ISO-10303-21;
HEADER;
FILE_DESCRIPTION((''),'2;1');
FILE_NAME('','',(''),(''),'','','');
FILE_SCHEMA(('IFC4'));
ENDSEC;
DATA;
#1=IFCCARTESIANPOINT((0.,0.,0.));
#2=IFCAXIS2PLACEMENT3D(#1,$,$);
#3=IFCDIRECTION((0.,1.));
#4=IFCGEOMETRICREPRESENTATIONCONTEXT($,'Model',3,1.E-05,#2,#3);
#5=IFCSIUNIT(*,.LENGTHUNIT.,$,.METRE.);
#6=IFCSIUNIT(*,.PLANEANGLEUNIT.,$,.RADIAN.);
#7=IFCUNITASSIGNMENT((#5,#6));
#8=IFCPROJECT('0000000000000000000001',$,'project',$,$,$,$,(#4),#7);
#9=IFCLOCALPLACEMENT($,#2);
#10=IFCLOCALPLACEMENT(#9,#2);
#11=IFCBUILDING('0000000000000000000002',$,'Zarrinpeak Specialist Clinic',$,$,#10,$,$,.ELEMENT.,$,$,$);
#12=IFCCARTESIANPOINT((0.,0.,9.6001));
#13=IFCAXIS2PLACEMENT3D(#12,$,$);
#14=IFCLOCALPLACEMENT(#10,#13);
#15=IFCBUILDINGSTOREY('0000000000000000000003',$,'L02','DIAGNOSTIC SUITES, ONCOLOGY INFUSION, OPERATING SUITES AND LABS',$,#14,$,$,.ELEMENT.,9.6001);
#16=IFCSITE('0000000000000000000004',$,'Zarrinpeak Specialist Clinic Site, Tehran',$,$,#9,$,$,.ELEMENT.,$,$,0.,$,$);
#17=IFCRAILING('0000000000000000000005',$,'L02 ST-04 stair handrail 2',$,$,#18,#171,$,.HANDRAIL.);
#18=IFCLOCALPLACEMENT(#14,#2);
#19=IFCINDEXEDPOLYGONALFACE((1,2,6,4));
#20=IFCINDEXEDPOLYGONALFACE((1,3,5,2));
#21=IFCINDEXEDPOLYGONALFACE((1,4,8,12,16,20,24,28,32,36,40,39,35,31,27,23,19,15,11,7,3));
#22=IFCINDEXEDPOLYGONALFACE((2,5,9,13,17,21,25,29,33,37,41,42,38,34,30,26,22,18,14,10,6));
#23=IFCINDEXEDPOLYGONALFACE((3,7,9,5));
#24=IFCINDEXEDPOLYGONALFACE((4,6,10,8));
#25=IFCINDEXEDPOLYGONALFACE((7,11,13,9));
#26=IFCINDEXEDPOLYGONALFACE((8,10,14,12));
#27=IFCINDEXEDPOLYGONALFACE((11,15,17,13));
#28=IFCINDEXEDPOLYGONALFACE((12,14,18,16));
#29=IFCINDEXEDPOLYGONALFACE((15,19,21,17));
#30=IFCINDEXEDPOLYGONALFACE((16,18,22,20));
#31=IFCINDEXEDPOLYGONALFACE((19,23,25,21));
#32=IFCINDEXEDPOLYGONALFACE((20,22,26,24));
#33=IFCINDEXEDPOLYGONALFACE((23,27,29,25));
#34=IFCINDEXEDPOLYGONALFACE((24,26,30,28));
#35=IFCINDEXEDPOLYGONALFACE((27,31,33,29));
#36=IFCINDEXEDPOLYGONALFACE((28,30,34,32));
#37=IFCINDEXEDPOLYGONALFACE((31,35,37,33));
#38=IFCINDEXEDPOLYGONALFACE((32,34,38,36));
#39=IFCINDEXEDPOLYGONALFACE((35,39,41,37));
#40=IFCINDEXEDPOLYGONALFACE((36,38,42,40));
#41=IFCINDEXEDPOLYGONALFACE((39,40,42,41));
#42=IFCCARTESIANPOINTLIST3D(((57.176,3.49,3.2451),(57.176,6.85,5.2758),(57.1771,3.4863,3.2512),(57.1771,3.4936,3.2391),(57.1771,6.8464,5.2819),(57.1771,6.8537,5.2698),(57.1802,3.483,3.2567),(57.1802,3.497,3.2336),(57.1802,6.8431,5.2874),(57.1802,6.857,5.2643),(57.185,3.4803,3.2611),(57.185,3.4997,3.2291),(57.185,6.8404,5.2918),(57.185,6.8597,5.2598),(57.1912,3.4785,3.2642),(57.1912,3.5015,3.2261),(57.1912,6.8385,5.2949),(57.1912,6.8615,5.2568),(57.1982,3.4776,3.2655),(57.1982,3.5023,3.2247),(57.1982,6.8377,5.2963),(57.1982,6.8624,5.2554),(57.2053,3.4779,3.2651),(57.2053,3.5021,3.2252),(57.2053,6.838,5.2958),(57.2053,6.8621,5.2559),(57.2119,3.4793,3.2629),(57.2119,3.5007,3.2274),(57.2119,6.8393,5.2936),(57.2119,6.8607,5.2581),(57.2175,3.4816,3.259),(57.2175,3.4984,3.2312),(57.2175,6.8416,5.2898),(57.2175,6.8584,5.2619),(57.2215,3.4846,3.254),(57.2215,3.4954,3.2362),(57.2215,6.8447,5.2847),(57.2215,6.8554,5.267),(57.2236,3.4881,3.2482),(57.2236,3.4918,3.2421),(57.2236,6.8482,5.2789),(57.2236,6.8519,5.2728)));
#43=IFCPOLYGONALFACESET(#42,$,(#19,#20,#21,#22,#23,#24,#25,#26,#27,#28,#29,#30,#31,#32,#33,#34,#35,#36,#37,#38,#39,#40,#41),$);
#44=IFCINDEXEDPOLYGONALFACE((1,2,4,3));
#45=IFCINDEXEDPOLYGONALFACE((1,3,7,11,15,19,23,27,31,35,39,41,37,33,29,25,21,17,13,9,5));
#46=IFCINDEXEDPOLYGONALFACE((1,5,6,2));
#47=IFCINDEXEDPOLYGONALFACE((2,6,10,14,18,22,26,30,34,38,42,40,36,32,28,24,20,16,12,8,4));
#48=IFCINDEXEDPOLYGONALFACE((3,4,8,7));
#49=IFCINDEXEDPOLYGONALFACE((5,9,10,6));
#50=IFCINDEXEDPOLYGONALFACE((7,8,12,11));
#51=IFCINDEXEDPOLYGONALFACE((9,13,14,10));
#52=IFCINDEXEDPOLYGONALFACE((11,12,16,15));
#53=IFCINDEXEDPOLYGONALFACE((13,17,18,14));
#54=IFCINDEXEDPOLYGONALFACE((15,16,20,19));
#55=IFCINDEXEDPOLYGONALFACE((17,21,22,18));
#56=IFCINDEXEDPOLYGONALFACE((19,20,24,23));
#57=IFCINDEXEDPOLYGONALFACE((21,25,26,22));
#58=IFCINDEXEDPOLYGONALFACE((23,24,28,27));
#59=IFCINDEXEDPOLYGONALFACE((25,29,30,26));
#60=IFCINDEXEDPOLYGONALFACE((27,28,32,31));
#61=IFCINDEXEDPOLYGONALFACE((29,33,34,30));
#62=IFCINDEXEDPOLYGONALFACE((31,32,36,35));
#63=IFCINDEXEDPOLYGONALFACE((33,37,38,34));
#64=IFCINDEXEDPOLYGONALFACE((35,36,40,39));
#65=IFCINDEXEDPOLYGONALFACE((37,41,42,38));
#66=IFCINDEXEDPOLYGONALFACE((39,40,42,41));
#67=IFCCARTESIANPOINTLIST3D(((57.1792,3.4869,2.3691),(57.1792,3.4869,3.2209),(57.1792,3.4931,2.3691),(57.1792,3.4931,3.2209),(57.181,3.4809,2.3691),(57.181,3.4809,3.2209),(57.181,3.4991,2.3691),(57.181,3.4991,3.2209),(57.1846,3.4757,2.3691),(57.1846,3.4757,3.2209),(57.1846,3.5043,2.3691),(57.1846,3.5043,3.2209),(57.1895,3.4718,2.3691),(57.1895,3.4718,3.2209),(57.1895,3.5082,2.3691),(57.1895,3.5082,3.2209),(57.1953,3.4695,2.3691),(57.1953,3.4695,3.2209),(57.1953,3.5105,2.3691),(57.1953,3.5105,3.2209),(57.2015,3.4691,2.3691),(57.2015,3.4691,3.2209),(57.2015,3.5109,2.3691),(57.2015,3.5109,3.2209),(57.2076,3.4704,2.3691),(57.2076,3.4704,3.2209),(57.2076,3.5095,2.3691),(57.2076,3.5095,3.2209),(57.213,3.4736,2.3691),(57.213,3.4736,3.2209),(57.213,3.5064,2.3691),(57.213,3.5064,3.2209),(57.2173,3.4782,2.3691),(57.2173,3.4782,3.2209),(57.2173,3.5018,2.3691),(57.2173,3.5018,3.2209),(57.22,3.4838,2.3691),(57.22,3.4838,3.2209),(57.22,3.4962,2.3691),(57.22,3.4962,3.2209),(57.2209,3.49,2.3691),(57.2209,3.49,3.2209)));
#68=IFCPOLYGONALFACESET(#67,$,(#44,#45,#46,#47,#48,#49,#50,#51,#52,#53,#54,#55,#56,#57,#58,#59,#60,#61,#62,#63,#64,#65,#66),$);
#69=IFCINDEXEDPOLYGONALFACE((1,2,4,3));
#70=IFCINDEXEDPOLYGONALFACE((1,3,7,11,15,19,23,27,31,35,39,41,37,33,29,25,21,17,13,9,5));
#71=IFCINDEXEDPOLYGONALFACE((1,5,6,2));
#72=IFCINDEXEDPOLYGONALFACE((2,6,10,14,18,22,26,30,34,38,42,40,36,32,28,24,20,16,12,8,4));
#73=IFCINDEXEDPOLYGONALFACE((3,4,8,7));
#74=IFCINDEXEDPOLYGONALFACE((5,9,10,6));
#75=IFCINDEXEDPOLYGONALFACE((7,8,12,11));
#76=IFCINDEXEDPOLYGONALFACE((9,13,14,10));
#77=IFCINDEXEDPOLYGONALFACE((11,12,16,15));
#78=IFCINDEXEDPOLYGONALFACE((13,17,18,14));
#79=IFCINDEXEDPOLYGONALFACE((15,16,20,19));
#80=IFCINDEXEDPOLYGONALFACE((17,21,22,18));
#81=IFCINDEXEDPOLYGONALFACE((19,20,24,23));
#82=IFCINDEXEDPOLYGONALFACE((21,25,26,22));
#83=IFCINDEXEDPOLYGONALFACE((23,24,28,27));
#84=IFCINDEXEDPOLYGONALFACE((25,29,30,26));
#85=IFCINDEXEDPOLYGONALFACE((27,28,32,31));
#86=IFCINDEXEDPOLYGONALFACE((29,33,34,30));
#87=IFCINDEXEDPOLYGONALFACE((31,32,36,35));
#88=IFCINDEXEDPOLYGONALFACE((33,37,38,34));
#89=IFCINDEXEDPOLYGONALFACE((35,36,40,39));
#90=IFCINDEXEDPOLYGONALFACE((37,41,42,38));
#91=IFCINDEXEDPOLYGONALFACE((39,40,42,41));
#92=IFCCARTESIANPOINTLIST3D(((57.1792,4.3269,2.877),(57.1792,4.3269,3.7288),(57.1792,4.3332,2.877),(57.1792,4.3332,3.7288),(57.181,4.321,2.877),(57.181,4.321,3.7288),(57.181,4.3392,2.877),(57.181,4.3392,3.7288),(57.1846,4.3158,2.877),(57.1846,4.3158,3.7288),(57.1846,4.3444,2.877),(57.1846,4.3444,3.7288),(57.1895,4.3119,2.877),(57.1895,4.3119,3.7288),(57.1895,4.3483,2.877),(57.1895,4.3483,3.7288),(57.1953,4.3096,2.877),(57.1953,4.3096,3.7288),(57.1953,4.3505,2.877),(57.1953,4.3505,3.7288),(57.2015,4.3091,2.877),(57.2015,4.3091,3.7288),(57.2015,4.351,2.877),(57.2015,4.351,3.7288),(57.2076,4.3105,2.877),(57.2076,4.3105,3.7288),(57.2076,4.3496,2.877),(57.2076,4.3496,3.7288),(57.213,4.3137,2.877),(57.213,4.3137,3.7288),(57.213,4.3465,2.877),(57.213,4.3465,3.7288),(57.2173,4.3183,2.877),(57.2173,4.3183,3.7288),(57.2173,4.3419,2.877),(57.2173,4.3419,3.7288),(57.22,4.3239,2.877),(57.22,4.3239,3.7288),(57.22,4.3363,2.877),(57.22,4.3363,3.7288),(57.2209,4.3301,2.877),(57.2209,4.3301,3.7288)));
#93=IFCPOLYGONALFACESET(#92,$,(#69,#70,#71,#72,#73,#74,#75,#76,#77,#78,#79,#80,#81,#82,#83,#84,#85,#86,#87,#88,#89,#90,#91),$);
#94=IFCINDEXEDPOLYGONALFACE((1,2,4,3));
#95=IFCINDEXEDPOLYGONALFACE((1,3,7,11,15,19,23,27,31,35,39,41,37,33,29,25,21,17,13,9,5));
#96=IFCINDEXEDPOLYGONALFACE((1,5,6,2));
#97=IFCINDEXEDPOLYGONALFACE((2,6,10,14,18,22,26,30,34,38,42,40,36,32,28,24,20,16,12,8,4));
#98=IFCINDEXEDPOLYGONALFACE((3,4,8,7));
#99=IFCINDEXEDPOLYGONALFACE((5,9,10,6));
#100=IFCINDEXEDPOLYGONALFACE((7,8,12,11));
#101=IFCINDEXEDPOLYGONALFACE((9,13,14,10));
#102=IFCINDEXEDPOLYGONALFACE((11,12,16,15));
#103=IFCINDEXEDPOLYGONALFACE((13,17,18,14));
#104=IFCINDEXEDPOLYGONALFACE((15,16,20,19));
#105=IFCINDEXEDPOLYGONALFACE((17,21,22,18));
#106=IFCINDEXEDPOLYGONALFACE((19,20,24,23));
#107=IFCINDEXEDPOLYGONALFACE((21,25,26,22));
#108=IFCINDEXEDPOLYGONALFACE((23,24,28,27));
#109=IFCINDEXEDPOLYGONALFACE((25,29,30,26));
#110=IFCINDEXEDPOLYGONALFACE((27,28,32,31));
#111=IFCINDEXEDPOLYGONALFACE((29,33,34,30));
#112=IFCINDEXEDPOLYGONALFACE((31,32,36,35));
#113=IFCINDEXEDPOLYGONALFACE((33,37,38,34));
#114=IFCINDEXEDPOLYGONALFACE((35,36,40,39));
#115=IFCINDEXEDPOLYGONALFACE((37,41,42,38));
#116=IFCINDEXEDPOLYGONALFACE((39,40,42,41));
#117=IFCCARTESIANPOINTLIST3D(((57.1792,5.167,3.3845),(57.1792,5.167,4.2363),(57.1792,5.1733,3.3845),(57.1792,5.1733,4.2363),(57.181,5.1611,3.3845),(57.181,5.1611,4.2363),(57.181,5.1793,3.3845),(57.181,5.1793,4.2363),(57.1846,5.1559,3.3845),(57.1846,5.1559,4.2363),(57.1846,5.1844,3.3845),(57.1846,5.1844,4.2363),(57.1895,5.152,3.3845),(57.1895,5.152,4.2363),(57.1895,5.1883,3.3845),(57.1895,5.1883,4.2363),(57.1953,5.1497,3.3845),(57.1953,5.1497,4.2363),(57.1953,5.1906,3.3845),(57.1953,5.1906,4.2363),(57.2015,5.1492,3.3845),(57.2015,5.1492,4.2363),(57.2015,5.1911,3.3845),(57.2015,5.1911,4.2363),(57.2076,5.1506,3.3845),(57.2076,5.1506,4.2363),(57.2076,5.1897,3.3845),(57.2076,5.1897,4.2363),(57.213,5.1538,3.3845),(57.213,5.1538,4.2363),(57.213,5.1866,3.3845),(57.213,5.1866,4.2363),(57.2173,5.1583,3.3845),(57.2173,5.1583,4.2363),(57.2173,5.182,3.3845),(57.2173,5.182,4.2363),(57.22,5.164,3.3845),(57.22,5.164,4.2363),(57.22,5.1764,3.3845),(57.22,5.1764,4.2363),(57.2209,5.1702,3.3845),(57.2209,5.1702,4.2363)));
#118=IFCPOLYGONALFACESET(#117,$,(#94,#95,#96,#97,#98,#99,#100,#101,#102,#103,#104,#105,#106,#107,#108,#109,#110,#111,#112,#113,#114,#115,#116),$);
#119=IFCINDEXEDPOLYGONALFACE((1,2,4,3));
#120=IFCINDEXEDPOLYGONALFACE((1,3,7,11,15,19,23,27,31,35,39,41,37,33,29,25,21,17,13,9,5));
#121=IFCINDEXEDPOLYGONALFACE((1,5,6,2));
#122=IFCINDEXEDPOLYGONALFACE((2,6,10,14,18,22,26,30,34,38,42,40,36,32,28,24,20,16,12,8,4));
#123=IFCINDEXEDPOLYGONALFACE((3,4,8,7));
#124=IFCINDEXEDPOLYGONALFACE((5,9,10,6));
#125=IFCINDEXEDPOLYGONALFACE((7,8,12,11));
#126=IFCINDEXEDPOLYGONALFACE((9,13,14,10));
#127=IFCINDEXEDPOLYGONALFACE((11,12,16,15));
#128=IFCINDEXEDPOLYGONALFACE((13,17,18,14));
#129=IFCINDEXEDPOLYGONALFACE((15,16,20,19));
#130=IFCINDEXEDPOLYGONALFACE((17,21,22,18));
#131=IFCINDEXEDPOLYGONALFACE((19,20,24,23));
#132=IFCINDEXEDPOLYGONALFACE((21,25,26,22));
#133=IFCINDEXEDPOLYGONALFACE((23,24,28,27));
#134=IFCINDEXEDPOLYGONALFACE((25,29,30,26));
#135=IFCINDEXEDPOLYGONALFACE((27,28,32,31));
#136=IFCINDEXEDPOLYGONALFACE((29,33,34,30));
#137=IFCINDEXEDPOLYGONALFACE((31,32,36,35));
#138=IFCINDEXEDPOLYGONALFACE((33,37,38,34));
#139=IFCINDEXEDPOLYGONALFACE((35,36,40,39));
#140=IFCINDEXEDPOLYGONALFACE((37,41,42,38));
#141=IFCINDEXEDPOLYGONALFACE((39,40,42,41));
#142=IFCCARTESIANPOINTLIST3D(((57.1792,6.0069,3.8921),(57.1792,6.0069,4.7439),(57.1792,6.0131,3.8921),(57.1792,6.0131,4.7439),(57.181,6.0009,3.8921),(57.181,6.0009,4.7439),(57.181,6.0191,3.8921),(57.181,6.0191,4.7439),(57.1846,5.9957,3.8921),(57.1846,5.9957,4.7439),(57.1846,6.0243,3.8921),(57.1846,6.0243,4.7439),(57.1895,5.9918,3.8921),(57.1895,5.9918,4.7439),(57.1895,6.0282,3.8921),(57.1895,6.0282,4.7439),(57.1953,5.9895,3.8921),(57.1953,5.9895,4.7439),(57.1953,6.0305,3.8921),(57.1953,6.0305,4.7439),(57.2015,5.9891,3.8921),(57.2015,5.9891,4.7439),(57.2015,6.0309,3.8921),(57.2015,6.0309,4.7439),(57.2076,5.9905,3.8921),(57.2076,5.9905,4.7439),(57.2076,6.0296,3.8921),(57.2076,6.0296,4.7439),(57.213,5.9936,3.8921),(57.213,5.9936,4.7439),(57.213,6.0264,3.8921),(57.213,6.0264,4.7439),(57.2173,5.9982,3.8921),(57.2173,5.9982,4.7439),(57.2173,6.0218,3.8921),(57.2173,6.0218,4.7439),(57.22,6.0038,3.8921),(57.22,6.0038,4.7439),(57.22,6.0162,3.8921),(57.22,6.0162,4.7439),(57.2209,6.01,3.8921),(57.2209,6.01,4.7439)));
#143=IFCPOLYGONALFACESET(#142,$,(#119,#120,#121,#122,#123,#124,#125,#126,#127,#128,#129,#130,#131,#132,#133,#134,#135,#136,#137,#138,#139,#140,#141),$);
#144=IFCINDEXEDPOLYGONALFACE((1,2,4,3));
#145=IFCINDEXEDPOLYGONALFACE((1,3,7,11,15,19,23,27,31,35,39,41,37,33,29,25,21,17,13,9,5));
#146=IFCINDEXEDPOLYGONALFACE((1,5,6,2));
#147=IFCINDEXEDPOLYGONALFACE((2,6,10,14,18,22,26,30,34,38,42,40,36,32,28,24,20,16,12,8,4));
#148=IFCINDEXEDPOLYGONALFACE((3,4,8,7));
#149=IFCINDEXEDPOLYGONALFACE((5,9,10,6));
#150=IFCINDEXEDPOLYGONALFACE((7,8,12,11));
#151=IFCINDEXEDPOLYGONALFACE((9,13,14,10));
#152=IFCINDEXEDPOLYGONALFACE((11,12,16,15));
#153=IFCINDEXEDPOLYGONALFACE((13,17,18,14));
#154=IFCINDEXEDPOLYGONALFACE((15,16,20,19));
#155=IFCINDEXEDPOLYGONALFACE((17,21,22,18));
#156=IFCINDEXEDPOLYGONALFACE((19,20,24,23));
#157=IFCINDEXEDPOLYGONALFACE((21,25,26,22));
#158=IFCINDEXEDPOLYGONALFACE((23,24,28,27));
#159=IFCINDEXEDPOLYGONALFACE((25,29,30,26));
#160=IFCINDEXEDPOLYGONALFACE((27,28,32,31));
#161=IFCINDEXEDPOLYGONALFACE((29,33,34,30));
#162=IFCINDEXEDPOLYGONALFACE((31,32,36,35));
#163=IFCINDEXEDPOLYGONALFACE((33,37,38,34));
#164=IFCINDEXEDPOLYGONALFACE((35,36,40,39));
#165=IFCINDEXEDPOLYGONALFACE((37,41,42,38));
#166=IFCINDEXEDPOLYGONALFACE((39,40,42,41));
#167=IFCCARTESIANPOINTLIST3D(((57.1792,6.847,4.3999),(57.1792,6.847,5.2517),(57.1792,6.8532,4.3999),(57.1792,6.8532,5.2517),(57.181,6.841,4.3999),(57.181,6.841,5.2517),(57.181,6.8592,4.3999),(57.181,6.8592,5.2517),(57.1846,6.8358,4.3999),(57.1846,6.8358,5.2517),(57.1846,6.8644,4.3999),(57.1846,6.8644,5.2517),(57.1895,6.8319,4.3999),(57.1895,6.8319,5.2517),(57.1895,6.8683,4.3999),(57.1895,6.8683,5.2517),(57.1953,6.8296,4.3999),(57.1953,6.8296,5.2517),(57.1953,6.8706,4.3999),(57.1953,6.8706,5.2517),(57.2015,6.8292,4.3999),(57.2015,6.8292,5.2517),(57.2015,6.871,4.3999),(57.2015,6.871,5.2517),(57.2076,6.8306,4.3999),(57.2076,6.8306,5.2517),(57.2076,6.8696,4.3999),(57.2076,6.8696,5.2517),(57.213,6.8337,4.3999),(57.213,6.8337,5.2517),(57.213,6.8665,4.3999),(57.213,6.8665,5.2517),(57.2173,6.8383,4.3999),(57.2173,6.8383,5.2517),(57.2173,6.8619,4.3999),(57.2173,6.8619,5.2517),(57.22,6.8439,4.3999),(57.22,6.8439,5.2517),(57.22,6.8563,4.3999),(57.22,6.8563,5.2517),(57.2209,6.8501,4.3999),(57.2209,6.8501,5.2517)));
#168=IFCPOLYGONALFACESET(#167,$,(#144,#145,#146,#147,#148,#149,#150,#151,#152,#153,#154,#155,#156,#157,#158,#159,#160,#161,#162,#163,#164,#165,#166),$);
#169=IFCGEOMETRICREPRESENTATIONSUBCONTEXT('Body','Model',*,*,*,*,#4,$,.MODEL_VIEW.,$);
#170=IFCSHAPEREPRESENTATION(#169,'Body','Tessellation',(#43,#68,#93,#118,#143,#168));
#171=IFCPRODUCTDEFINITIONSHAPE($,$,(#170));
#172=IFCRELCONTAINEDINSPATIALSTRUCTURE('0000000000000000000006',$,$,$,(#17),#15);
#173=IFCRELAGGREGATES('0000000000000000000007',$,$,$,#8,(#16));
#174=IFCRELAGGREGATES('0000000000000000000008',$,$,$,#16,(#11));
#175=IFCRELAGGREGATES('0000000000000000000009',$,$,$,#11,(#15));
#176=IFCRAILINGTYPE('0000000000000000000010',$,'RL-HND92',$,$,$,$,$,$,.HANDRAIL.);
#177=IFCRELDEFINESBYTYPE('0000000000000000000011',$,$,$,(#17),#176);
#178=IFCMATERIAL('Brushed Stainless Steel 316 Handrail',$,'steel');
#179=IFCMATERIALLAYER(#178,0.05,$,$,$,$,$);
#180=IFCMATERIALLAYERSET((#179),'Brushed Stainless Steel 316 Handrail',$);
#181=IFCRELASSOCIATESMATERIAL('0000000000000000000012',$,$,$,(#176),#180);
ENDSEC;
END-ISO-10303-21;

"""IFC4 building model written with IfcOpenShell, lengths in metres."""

from ifc_helpers import new_model, si_unit, direction, frame, origin, origin_2d, place, context, subcontext, project, spatial, circle, extrude, material, layer, layer_set, type_object, element, save


model = new_model("IFC4")

# Units and contexts
model_context = context("Model", 3, precision=1e-05, world=origin(), true_north=direction((0.0, 1.0)))
body_context = subcontext(model_context, "Body", "Model", "MODEL_VIEW")
ifc_project = project(units=[si_unit("LENGTHUNIT", "METRE"), si_unit("PLANEANGLEUNIT", "RADIAN")], contexts=[model_context])

# Site, building, storey
site_placement = place(None, origin())
site = spatial("IfcSite", under=ifc_project, at=site_placement, Name="Zarrinpeak Specialist Clinic Site, Tehran", CompositionType="ELEMENT", RefElevation=0.0)
building_placement = place(site_placement, origin())
building = spatial("IfcBuilding", under=site, at=building_placement, Name="Zarrinpeak Specialist Clinic", CompositionType="ELEMENT")
storey_placement = place(building_placement, frame((0.0, 0.0, 9.6001)))
storey = spatial("IfcBuildingStorey", under=building, at=storey_placement, Name="L02", Description="DIAGNOSTIC SUITES, ONCOLOGY INFUSION, OPERATING SUITES AND LABS", CompositionType="ELEMENT", Elevation=9.6001)

# Railing
ifc_material_1 = material(Name="Brushed Stainless Steel 316 Handrail", Category="steel")
ifc_layer_1 = layer(ifc_material_1, 0.05)
ifc_layer_set_1 = layer_set([ifc_layer_1], Name="Brushed Stainless Steel 316 Handrail")
railing_type_1 = type_object("IfcRailingType", Name="RL-HND92", PredefinedType="HANDRAIL", material=ifc_layer_set_1)
railing_1_placement = place(storey_placement, frame((57.2, 3.49, 2.3691)))
element("IfcRailing", 1, at=railing_1_placement, inside=storey, type_object=railing_type_1, Name="L02 ST-04 stair handrail 2", PredefinedType="HANDRAIL", context=body_context, shape_type="SweptSolid", body=[
    extrude(circle(Radius=0.0239, at=origin_2d()), frame((0.0, 0.0, 0.876), z_axis=(0.0, 0.855837, 0.517246), x_axis=(-1.0, 0.0, 0.0)), (0.0, 0.0, 1.0), 3.926),
    extrude(circle(Radius=0.021, at=origin_2d()), origin(), (0.0, 0.0, 1.0), 0.8518),
    extrude(circle(Radius=0.021, at=origin_2d()), frame((0.0, 0.8401, 0.5078)), (0.0, 0.0, 1.0), 0.8518),
    extrude(circle(Radius=0.021, at=origin_2d()), frame((0.0, 1.6802, 1.0154)), (0.0, 0.0, 1.0), 0.8518),
    extrude(circle(Radius=0.021, at=origin_2d()), frame((0.0, 2.52, 1.5229)), (0.0, 0.0, 1.0), 0.8518),
    extrude(circle(Radius=0.021, at=origin_2d()), frame((0.0, 3.3601, 2.0308)), (0.0, 0.0, 1.0), 0.8518),
])

save(model, "model.ifc")
